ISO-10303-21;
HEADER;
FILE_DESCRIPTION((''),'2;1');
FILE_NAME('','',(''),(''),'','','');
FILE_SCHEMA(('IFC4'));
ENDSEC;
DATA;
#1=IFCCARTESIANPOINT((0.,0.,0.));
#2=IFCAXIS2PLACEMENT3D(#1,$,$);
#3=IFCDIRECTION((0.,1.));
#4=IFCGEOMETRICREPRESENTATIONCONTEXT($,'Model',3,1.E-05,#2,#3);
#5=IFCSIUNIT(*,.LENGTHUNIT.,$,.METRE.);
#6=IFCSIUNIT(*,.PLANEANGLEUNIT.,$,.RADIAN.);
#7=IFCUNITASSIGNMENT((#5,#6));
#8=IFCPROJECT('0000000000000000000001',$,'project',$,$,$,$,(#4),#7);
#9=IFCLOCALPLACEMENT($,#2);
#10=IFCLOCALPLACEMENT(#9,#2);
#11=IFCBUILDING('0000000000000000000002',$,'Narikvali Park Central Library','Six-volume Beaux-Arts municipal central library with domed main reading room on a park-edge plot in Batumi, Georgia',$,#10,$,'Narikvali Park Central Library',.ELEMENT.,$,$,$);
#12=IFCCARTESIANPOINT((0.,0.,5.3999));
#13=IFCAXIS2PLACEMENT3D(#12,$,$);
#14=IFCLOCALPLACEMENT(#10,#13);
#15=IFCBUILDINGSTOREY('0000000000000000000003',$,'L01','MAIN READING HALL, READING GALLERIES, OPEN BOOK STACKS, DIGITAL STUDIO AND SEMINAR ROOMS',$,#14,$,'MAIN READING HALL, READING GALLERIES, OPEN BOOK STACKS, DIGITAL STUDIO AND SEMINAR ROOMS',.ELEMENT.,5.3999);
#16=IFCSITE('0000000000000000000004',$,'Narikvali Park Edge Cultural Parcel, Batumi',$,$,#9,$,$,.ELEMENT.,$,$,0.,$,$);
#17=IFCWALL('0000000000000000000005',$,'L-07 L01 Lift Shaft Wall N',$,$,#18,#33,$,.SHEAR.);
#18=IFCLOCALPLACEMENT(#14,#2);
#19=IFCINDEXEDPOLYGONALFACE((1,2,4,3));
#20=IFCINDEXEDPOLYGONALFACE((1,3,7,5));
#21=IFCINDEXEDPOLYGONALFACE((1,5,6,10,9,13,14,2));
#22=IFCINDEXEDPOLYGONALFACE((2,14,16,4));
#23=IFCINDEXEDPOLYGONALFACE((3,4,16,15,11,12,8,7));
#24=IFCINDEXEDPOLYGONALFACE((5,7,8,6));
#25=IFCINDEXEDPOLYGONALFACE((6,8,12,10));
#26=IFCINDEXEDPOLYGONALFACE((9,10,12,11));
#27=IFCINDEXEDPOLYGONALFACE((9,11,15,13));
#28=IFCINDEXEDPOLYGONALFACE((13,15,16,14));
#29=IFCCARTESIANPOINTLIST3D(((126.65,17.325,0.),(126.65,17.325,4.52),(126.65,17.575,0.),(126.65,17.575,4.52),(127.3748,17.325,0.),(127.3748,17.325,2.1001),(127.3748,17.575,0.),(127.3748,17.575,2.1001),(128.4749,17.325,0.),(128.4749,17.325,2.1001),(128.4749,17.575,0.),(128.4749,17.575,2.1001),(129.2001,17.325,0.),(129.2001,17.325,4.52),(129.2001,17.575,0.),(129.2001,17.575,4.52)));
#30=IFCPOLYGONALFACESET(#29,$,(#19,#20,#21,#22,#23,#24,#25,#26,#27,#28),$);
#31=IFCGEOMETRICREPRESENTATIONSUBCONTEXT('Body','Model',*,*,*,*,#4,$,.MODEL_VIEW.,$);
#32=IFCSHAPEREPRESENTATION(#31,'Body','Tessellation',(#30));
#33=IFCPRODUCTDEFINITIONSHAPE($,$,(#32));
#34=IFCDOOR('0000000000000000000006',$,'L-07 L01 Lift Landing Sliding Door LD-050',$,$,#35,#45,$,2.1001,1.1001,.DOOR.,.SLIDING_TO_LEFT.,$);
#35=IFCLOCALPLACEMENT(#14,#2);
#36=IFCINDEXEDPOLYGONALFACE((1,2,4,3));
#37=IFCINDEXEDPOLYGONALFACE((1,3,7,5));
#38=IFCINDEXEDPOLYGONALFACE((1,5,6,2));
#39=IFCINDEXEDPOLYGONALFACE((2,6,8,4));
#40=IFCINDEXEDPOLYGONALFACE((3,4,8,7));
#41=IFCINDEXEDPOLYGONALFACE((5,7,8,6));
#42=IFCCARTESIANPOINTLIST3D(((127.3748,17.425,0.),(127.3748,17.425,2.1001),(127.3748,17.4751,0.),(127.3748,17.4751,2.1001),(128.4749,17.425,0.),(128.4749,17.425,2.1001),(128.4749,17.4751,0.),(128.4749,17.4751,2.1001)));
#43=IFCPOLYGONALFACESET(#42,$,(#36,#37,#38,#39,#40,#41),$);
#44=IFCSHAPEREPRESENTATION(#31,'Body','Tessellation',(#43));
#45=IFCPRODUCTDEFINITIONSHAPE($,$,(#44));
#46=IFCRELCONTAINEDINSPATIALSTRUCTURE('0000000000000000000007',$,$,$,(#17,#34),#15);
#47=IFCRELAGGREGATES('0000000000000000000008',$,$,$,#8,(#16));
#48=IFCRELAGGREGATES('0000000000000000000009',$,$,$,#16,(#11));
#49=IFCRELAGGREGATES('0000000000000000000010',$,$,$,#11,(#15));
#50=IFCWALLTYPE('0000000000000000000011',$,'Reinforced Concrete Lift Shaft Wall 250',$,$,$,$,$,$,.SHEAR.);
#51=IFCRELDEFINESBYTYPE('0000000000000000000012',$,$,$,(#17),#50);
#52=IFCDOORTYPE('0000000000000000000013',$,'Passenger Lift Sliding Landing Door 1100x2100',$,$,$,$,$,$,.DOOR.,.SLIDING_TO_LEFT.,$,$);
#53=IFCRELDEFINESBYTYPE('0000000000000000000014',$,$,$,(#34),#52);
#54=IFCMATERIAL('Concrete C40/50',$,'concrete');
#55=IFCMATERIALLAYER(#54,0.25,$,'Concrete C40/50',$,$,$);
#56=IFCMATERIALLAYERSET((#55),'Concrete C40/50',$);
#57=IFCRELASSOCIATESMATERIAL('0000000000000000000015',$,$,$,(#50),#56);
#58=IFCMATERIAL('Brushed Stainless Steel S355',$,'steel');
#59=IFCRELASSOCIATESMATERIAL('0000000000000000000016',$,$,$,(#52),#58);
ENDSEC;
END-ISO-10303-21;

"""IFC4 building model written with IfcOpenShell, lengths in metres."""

from ifc_helpers import new_model, si_unit, direction, frame, frame_2d, origin, place, context, subcontext, project, spatial, rectangle, extrude, material, layer, layer_set, type_object, element, fill, save


model = new_model("IFC4")

# Units and contexts
model_context = context("Model", 3, precision=1e-05, world=origin(), true_north=direction((0.0, 1.0)))
body_context = subcontext(model_context, "Body", "Model", "MODEL_VIEW")
ifc_project = project(units=[si_unit("LENGTHUNIT", "METRE"), si_unit("PLANEANGLEUNIT", "RADIAN")], contexts=[model_context])

# Site, building, storey
site_placement = place(None, origin())
site = spatial("IfcSite", under=ifc_project, at=site_placement, Name="Narikvali Park Edge Cultural Parcel, Batumi", CompositionType="ELEMENT", RefElevation=0.0)
building_placement = place(site_placement, origin())
building = spatial("IfcBuilding", under=site, at=building_placement, Name="Narikvali Park Central Library", Description="Six-volume Beaux-Arts municipal central library with domed main reading room on a park-edge plot in Batumi, Georgia", LongName="Narikvali Park Central Library", CompositionType="ELEMENT")
storey_placement = place(building_placement, frame((0.0, 0.0, 5.3999)))
storey = spatial("IfcBuildingStorey", under=building, at=storey_placement, Name="L01", Description="MAIN READING HALL, READING GALLERIES, OPEN BOOK STACKS, DIGITAL STUDIO AND SEMINAR ROOMS", LongName="MAIN READING HALL, READING GALLERIES, OPEN BOOK STACKS, DIGITAL STUDIO AND SEMINAR ROOMS", CompositionType="ELEMENT", Elevation=5.3999)

# Shared definitions
ifc_material_1 = material(Name="Concrete C40/50", Category="concrete")
ifc_layer_1 = layer(ifc_material_1, 0.25, Name="Concrete C40/50")
ifc_layer_set_1 = layer_set([ifc_layer_1], Name="Concrete C40/50")
wall_type = type_object("IfcWallType", Name="Reinforced Concrete Lift Shaft Wall 250", PredefinedType="SHEAR", material=ifc_layer_set_1)

# Wall, opening, door
wall_1_placement = place(storey_placement, frame((129.2, 17.45, 0.0), z_axis=(0.0, 0.0, 1.0), x_axis=(-1.0, 0.0, 0.0)))
wall_1 = element("IfcWall", 1, at=wall_1_placement, inside=storey, type_object=wall_type, Name="L-07 L01 Lift Shaft Wall N", PredefinedType="SHEAR", context=body_context, shape_type="SweptSolid", body=[
    extrude(rectangle(XDim=2.55, YDim=0.25, at=frame_2d((1.2749, 0.0))), origin(), (0.0, 0.0, 1.0), 4.52),
])
opening_placement = place(wall_1_placement, frame((0.7251, 0.0, 0.0)))
opening = element("IfcOpeningElement", 2, at=opening_placement, cuts=wall_1, PredefinedType="OPENING", context=body_context, shape_type="SweptSolid", body=[
    extrude(rectangle(XDim=1.1001, YDim=2.1001, at=frame_2d((0.55, 1.05))), frame((0.0, 0.137, 0.0), z_axis=(0.0, -1.0, 0.0), x_axis=(1.0, 0.0, 0.0)), (0.0, 0.0, 1.0), 0.2739),
])
ifc_material_2 = material(Name="Brushed Stainless Steel S355", Category="steel")
door_type = type_object("IfcDoorType", Name="Passenger Lift Sliding Landing Door 1100x2100", OperationType="SLIDING_TO_LEFT", PredefinedType="DOOR", material=ifc_material_2)
door_placement = place(opening_placement, origin())
door = element("IfcDoor", 3, at=door_placement, inside=storey, type_object=door_type, Name="L-07 L01 Lift Landing Sliding Door LD-050", OperationType="SLIDING_TO_LEFT", OverallHeight=2.1001, OverallWidth=1.1001, PredefinedType="DOOR", context=body_context, shape_type="SweptSolid", body=[
    extrude(rectangle(XDim=1.1001, YDim=2.1001, at=frame_2d((0.55, 1.05))), frame((0.0, 0.0249, 0.0), z_axis=(0.0, -1.0, 0.0), x_axis=(1.0, 0.0, 0.0)), (0.0, 0.0, 1.0), 0.05),
])
fill(opening, door)

save(model, "model.ifc")
